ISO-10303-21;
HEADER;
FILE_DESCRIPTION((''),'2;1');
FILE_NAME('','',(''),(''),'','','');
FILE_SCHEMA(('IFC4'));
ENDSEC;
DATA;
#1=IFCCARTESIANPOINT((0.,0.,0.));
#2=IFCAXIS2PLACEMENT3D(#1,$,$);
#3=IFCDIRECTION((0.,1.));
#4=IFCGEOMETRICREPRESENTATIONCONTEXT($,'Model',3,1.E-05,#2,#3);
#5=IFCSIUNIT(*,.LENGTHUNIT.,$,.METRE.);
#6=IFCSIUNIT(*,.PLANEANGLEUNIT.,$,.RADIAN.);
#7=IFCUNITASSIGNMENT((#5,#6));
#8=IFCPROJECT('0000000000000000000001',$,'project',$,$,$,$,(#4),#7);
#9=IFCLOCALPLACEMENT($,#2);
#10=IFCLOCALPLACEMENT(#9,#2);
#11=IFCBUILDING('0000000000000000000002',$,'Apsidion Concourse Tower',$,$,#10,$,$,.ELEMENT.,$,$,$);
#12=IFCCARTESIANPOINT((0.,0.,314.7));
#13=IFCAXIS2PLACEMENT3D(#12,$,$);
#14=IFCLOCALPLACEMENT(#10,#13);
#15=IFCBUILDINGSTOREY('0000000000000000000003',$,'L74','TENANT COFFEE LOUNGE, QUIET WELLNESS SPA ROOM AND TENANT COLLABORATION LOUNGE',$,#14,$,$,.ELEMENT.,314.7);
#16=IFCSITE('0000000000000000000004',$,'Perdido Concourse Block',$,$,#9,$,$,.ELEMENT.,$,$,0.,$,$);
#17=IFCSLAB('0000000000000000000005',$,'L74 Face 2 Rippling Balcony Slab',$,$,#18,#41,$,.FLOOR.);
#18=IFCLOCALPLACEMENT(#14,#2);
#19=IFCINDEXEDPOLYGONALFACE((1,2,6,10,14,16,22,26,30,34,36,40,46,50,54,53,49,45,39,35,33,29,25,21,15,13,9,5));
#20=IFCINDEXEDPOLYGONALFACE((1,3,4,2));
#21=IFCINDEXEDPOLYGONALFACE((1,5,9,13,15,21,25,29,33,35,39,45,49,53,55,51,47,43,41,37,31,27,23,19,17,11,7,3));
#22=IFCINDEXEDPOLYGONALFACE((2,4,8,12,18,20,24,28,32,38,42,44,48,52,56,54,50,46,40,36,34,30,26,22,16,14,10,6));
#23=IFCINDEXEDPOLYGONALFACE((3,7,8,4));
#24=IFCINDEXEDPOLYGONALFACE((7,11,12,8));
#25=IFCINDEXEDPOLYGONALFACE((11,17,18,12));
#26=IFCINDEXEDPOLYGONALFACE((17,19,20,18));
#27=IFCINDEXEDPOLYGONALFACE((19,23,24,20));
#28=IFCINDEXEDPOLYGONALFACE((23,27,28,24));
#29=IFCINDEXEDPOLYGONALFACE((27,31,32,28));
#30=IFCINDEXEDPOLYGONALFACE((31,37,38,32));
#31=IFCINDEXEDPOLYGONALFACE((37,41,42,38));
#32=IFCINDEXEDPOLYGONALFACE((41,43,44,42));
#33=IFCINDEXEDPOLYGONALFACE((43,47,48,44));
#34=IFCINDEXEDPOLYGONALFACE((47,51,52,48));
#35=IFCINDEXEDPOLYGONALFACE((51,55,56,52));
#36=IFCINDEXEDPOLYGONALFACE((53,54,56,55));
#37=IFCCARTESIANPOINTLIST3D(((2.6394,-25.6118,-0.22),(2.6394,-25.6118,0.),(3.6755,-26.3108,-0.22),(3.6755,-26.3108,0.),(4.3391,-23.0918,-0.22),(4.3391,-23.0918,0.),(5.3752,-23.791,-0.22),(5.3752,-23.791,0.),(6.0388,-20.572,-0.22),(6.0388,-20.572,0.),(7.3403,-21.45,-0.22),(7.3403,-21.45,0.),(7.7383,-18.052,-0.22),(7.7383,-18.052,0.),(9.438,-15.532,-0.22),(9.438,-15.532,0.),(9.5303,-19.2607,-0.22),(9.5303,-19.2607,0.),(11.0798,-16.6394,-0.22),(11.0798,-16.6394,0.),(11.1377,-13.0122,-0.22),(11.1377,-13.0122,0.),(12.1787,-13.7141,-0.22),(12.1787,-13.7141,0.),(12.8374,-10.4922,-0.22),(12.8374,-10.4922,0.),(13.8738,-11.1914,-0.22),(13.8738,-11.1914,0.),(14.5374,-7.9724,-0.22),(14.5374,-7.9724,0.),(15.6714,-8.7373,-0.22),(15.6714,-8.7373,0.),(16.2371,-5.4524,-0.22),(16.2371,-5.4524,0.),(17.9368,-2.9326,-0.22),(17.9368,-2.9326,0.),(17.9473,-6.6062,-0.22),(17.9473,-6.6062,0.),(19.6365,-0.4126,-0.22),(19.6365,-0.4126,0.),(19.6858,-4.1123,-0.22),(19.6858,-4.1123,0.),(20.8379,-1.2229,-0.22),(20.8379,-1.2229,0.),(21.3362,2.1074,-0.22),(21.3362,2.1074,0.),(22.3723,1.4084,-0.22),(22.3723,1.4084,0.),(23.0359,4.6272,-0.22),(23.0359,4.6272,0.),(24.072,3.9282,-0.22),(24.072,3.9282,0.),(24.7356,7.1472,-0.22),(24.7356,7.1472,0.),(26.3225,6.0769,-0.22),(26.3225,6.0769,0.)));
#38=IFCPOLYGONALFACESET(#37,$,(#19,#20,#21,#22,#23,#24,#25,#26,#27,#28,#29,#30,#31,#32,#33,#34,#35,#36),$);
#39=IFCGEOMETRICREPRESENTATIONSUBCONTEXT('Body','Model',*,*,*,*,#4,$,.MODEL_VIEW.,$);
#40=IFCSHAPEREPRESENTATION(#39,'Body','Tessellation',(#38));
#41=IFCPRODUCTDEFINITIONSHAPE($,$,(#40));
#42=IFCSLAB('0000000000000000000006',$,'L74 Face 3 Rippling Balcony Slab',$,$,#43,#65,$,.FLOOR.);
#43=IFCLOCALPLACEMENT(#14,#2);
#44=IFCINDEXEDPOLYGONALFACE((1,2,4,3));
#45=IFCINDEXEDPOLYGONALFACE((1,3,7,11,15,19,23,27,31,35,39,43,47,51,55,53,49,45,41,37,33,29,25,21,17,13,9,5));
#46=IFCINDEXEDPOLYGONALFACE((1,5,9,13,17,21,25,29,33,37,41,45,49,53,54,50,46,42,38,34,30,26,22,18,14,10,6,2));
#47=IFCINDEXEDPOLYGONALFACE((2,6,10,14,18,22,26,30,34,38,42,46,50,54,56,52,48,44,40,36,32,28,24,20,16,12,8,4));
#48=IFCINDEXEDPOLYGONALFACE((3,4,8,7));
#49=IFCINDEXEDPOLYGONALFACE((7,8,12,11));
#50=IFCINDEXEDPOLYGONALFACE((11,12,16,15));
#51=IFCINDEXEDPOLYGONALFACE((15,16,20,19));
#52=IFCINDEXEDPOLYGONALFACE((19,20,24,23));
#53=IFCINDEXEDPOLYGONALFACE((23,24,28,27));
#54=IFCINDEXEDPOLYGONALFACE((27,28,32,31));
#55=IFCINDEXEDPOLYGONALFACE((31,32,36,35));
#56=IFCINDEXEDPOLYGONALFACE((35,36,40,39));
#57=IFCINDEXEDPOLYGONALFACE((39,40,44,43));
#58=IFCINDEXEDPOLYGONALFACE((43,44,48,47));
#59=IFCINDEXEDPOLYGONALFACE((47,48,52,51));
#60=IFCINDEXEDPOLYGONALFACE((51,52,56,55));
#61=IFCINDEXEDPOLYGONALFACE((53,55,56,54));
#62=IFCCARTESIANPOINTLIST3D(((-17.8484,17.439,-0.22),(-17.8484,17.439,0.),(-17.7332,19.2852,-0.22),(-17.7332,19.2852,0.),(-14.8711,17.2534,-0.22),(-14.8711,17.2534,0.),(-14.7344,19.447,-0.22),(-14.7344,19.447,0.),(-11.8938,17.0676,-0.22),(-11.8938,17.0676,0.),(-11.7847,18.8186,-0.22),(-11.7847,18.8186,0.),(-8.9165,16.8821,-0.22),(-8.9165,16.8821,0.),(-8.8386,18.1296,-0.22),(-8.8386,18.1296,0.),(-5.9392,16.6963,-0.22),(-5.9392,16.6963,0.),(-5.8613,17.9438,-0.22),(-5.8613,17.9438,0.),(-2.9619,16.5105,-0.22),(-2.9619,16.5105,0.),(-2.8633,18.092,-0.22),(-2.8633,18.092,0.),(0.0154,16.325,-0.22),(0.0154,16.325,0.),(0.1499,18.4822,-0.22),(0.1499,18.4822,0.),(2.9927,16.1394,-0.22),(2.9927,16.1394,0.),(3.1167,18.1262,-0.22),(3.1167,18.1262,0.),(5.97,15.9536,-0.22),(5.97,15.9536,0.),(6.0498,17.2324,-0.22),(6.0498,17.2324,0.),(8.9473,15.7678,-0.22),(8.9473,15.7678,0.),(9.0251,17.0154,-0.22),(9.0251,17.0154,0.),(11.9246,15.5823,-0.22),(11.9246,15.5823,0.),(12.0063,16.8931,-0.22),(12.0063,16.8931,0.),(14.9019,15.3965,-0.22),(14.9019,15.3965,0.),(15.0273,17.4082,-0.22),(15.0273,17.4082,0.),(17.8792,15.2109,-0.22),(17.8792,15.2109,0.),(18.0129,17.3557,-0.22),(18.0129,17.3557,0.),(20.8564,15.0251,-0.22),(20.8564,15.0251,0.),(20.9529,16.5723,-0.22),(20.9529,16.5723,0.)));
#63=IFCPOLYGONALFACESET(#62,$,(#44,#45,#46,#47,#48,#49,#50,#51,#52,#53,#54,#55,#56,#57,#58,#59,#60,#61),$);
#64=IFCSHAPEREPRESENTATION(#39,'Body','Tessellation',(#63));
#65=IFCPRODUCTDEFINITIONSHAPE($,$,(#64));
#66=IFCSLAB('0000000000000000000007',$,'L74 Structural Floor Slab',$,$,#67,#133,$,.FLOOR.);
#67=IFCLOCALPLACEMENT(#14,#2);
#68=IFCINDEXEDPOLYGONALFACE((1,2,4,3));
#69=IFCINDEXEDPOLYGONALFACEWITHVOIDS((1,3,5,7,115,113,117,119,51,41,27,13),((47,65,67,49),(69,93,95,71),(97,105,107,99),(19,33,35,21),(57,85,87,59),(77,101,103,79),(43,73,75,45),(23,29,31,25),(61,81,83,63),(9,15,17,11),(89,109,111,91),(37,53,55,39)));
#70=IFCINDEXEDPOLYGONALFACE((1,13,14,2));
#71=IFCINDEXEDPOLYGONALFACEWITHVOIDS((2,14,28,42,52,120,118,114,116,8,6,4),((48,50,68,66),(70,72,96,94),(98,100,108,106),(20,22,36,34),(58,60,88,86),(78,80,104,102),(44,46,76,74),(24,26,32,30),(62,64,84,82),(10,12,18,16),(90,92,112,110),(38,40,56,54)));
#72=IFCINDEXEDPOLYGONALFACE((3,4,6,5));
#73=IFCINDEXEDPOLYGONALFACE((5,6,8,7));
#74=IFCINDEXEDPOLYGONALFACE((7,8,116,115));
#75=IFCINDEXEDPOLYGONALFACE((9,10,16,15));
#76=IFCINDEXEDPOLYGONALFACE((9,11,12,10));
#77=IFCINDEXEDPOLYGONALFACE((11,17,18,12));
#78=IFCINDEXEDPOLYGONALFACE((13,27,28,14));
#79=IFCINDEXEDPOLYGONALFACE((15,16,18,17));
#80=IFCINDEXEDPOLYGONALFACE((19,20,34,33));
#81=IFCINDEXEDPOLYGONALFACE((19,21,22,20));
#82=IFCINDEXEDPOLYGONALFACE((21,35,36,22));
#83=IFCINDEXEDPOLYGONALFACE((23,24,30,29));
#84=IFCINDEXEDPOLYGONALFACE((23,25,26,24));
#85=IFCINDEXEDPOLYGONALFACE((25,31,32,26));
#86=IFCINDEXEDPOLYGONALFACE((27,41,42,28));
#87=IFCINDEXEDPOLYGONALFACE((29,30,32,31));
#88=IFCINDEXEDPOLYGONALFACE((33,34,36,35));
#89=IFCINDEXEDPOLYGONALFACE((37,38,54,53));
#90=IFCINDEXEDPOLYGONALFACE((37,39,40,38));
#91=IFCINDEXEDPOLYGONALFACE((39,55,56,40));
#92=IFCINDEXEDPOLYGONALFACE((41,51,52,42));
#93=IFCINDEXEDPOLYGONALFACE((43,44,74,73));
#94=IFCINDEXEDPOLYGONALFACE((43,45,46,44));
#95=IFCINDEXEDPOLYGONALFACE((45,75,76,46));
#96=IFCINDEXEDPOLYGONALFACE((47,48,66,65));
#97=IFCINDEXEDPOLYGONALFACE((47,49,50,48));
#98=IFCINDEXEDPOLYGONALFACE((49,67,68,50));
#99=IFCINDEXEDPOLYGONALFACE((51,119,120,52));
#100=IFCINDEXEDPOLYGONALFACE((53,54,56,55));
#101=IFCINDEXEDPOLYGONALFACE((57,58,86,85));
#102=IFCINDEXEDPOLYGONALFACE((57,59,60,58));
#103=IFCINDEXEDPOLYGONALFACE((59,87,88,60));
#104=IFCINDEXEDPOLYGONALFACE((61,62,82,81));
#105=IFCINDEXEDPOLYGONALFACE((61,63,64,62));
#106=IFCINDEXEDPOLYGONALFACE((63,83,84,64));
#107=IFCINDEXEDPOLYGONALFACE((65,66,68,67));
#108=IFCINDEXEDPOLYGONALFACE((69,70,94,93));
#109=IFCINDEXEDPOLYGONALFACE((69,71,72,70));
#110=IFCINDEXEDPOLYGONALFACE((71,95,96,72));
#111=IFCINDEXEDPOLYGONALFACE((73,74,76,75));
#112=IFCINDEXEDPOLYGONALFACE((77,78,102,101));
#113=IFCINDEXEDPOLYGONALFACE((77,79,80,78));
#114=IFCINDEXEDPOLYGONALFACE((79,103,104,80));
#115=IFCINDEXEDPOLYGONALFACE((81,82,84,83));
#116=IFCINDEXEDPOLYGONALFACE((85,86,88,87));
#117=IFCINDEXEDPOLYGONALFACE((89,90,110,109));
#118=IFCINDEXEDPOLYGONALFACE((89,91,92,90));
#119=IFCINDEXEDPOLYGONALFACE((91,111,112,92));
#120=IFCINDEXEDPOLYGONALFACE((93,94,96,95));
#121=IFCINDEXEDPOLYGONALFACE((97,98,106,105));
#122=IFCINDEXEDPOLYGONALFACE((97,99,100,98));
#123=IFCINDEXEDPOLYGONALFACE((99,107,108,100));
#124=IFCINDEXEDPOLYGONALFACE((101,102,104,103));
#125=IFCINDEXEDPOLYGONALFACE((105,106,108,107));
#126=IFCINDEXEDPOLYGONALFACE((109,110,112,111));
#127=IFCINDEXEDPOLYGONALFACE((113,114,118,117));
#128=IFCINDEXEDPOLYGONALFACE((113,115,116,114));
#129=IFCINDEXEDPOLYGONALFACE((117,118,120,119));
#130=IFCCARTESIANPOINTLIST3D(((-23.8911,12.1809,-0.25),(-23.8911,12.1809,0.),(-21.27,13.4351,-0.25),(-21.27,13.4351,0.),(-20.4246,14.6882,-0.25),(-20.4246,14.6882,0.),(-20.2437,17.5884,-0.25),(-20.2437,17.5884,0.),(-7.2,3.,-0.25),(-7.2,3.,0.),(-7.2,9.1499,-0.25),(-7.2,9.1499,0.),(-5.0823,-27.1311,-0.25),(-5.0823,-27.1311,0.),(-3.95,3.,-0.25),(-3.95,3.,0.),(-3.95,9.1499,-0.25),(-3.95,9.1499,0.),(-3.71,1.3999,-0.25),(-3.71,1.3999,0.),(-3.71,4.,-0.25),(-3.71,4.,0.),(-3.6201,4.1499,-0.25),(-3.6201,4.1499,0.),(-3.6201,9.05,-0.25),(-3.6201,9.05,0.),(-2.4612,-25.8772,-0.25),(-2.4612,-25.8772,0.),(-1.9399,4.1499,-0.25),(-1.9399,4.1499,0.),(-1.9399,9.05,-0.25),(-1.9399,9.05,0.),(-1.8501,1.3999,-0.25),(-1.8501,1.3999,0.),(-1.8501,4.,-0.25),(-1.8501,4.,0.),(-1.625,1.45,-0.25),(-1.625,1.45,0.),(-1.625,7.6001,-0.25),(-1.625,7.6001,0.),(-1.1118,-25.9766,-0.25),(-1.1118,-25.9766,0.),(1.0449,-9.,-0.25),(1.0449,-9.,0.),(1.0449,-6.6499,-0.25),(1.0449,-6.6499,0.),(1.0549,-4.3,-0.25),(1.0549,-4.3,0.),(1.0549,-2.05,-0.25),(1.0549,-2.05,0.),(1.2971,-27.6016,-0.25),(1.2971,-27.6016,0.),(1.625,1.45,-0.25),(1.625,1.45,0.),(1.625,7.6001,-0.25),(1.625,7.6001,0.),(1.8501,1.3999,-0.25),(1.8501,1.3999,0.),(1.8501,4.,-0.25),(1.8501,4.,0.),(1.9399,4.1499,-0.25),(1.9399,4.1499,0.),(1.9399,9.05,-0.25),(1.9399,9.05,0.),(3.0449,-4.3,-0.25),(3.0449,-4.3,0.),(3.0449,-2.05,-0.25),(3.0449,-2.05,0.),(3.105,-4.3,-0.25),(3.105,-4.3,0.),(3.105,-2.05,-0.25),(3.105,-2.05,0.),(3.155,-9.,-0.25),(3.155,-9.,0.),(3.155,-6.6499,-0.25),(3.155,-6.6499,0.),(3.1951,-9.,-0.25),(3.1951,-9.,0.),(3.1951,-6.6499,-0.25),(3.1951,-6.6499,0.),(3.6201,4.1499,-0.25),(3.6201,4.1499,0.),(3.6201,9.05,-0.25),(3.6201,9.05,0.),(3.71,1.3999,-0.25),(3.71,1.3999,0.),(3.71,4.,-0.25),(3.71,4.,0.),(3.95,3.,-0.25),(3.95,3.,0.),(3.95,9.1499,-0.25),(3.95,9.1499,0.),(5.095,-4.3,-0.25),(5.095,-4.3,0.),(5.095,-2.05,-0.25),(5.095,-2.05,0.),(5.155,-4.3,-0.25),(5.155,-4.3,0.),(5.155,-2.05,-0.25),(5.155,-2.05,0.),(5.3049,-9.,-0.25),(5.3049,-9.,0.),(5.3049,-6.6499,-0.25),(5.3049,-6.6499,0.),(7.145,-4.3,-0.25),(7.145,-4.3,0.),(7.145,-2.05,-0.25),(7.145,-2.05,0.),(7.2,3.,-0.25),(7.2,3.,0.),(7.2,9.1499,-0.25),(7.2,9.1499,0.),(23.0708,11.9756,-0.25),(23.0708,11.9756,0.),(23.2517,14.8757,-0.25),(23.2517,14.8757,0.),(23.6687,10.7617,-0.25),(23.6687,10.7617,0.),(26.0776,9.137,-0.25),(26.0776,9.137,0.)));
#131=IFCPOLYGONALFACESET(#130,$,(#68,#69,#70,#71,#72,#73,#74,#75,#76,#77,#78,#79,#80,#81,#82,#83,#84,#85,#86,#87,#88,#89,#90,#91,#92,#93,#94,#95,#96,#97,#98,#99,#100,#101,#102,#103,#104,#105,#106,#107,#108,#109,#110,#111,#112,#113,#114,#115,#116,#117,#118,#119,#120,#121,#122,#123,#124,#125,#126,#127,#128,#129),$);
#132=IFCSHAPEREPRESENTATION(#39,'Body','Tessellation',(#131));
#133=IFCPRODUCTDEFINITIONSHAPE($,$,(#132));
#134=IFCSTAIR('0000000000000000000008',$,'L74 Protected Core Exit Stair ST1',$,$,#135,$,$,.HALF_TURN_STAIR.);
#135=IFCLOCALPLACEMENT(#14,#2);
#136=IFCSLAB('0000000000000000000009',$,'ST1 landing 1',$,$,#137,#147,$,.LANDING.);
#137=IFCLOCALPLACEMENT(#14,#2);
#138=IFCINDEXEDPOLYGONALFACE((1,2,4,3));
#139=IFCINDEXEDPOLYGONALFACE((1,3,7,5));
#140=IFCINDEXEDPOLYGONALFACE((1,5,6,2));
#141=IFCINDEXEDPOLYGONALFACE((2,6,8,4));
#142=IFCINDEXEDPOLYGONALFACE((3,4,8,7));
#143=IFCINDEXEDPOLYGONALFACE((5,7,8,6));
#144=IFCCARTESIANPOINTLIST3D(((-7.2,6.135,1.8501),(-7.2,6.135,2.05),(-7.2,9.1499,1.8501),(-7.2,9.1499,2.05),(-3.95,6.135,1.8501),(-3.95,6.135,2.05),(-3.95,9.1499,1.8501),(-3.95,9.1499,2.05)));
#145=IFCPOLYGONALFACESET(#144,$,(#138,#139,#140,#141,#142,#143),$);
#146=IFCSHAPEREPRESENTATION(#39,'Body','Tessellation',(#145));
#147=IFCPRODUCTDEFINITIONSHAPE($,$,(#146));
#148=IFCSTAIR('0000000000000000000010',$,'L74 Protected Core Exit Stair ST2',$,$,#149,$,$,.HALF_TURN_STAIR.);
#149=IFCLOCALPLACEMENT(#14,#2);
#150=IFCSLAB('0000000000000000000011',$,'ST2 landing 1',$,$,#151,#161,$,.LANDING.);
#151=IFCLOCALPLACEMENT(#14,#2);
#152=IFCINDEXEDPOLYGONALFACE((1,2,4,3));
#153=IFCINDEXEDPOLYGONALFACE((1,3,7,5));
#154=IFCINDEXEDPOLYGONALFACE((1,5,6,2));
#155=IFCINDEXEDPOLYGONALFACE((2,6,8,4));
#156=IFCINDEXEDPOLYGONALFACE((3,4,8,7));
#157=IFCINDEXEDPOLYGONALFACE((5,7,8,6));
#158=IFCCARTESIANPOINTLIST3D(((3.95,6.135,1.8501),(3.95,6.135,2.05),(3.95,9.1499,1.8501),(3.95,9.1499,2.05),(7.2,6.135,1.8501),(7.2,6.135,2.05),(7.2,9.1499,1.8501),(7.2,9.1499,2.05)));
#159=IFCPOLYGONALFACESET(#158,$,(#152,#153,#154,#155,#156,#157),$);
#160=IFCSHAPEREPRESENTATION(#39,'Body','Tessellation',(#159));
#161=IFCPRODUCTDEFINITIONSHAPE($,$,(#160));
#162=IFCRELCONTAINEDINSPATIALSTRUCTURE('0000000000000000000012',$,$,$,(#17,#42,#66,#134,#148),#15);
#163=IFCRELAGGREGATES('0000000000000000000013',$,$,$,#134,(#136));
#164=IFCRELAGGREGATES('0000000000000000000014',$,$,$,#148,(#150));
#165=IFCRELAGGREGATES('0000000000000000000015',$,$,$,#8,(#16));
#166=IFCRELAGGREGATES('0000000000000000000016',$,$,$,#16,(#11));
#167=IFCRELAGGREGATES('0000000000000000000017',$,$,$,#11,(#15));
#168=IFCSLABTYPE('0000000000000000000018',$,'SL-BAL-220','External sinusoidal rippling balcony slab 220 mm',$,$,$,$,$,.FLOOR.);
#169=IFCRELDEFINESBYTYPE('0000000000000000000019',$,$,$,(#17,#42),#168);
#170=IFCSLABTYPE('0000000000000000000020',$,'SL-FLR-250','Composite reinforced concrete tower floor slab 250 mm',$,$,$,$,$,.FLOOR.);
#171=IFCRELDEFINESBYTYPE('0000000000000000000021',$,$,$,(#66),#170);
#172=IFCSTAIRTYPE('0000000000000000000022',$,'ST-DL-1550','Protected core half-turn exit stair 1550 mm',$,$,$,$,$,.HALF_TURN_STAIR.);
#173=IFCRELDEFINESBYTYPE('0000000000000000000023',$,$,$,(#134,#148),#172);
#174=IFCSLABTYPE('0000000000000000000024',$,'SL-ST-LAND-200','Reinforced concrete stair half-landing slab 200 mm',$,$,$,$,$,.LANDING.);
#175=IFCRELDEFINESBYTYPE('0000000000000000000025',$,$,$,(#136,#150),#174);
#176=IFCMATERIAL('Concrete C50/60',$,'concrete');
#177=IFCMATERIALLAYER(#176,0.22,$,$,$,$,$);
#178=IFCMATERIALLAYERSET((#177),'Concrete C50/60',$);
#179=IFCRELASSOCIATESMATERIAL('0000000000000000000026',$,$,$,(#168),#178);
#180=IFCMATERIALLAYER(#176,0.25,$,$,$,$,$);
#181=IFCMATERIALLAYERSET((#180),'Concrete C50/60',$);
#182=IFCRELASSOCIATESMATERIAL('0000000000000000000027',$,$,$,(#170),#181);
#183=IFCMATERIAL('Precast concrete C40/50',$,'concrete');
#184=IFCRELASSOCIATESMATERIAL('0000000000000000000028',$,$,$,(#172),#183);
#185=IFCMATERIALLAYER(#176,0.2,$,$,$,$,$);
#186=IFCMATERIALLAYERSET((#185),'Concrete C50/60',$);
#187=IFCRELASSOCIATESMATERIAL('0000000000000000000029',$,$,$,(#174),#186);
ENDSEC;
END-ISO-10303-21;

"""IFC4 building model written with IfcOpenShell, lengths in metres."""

from ifc_helpers import new_model, si_unit, direction, frame, origin, place, context, subcontext, project, spatial, polyline, outline, extrude, material, layer, layer_set, type_object, element, aggregate, save


model = new_model("IFC4")

# Units and contexts
model_context = context("Model", 3, precision=1e-05, world=origin(), true_north=direction((0.0, 1.0)))
body_context = subcontext(model_context, "Body", "Model", "MODEL_VIEW")
ifc_project = project(units=[si_unit("LENGTHUNIT", "METRE"), si_unit("PLANEANGLEUNIT", "RADIAN")], contexts=[model_context])

# Site, building, storey
site_placement = place(None, origin())
site = spatial("IfcSite", under=ifc_project, at=site_placement, Name="Perdido Concourse Block", CompositionType="ELEMENT", RefElevation=0.0)
building_placement = place(site_placement, origin())
building = spatial("IfcBuilding", under=site, at=building_placement, Name="Apsidion Concourse Tower", CompositionType="ELEMENT")
storey_placement = place(building_placement, frame((0.0, 0.0, 314.7)))
storey = spatial("IfcBuildingStorey", under=building, at=storey_placement, Name="L74", Description="TENANT COFFEE LOUNGE, QUIET WELLNESS SPA ROOM AND TENANT COLLABORATION LOUNGE", CompositionType="ELEMENT", Elevation=314.7)

# Shared definitions
ifc_material_1 = material(Name="Concrete C50/60", Category="concrete")

# Slabs
ifc_layer_1 = layer(ifc_material_1, 0.22)
ifc_layer_set_1 = layer_set([ifc_layer_1], Name="Concrete C50/60")
slab_type_1 = type_object("IfcSlabType", Name="SL-BAL-220", Description="External sinusoidal rippling balcony slab 220 mm", PredefinedType="FLOOR", material=ifc_layer_set_1)
slab_1_placement = place(storey_placement, frame((0.0, 0.0, -0.22)))
element("IfcSlab", 1, at=slab_1_placement, inside=storey, type_object=slab_type_1, Name="L74 Face 2 Rippling Balcony Slab", PredefinedType="FLOOR", context=body_context, shape_type="SweptSolid", body=[
    extrude(outline(polyline([(2.6394, -25.6118), (4.3391, -23.0918), (6.0388, -20.572), (7.7383, -18.052), (9.438, -15.532), (11.1377, -13.0122), (12.8374, -10.4922), (14.5374, -7.9724), (16.2371, -5.4524), (17.9368, -2.9326), (19.6365, -0.4126), (21.3362, 2.1074), (23.0359, 4.6272), (24.7356, 7.1472), (26.3225, 6.0769), (24.072, 3.9282), (22.3723, 1.4084), (20.8379, -1.2229), (19.6858, -4.1123), (17.9473, -6.6062), (15.6714, -8.7373), (13.8738, -11.1914), (12.1787, -13.7141), (11.0798, -16.6394), (9.5303, -19.2607), (7.3403, -21.45), (5.3752, -23.791), (3.6755, -26.3108), (2.6394, -25.6118)])), origin(), (0.0, 0.0, 1.0), 0.22),
])
slab_2_placement = place(storey_placement, frame((0.0, 0.0, -0.22)))
element("IfcSlab", 2, at=slab_2_placement, inside=storey, type_object=slab_type_1, Name="L74 Face 3 Rippling Balcony Slab", PredefinedType="FLOOR", context=body_context, shape_type="SweptSolid", body=[
    extrude(outline(polyline([(20.8564, 15.0251), (17.8792, 15.2109), (14.9019, 15.3965), (11.9246, 15.5823), (8.9473, 15.7678), (5.97, 15.9536), (2.9927, 16.1394), (0.0154, 16.325), (-2.9619, 16.5105), (-5.9392, 16.6963), (-8.9165, 16.8821), (-11.8938, 17.0676), (-14.8711, 17.2534), (-17.8484, 17.439), (-17.7332, 19.2852), (-14.7344, 19.447), (-11.7847, 18.8186), (-8.8386, 18.1296), (-5.8613, 17.9438), (-2.8633, 18.092), (0.1499, 18.4822), (3.1167, 18.1262), (6.0498, 17.2324), (9.0251, 17.0154), (12.0063, 16.8931), (15.0273, 17.4082), (18.0129, 17.3557), (20.9529, 16.5723), (20.8564, 15.0251)])), origin(), (0.0, 0.0, 1.0), 0.22),
])
ifc_layer_2 = layer(ifc_material_1, 0.25)
ifc_layer_set_2 = layer_set([ifc_layer_2], Name="Concrete C50/60")
slab_type_2 = type_object("IfcSlabType", Name="SL-FLR-250", Description="Composite reinforced concrete tower floor slab 250 mm", PredefinedType="FLOOR", material=ifc_layer_set_2)
slab_3_placement = place(storey_placement, frame((0.0, 0.0, -0.25)))
element("IfcSlab", 3, at=slab_3_placement, inside=storey, type_object=slab_type_2, Name="L74 Structural Floor Slab", PredefinedType="FLOOR", context=body_context, shape_type="SweptSolid", body=[
    extrude(outline(polyline([(-20.2437, 17.5884), (-20.4246, 14.6882), (-21.27, 13.4351), (-23.8911, 12.1809), (-5.0823, -27.1311), (-2.4612, -25.8772), (-1.1118, -25.9766), (1.2971, -27.6016), (26.0776, 9.137), (23.6687, 10.7617), (23.0708, 11.9756), (23.2517, 14.8757), (-20.2437, 17.5884)]), holes=[polyline([(-3.95, 3.0), (-3.95, 9.1499), (-7.2, 9.1499), (-7.2, 3.0), (-3.95, 3.0)]), polyline([(7.2, 3.0), (7.2, 9.1499), (3.95, 9.1499), (3.95, 3.0), (7.2, 3.0)]), polyline([(-1.625, 7.6001), (-1.625, 1.45), (1.625, 1.45), (1.625, 7.6001), (-1.625, 7.6001)]), polyline([(1.0549, -4.3), (3.0449, -4.3), (3.0449, -2.05), (1.0549, -2.05), (1.0549, -4.3)]), polyline([(3.105, -4.3), (5.095, -4.3), (5.095, -2.05), (3.105, -2.05), (3.105, -4.3)]), polyline([(5.155, -4.3), (7.145, -4.3), (7.145, -2.05), (5.155, -2.05), (5.155, -4.3)]), polyline([(1.0449, -9.0), (3.155, -9.0), (3.155, -6.6499), (1.0449, -6.6499), (1.0449, -9.0)]), polyline([(3.1951, -9.0), (5.3049, -9.0), (5.3049, -6.6499), (3.1951, -6.6499), (3.1951, -9.0)]), polyline([(-3.71, 1.3999), (-1.8501, 1.3999), (-1.8501, 4.0), (-3.71, 4.0), (-3.71, 1.3999)]), polyline([(1.8501, 1.3999), (3.71, 1.3999), (3.71, 4.0), (1.8501, 4.0), (1.8501, 1.3999)]), polyline([(-3.6201, 4.1499), (-1.9399, 4.1499), (-1.9399, 9.05), (-3.6201, 9.05), (-3.6201, 4.1499)]), polyline([(1.9399, 4.1499), (3.6201, 4.1499), (3.6201, 9.05), (1.9399, 9.05), (1.9399, 4.1499)])]), origin(), (0.0, 0.0, 1.0), 0.25),
])

# Stairs, slabs
ifc_material_2 = material(Name="Precast concrete C40/50", Category="concrete")
stair_type = type_object("IfcStairType", Name="ST-DL-1550", Description="Protected core half-turn exit stair 1550 mm", PredefinedType="HALF_TURN_STAIR", material=ifc_material_2)
stair_1_placement = place(storey_placement, origin())
stair_1 = element("IfcStair", 4, at=stair_1_placement, inside=storey, type_object=stair_type, Name="L74 Protected Core Exit Stair ST1", PredefinedType="HALF_TURN_STAIR")
ifc_layer_3 = layer(ifc_material_1, 0.2)
ifc_layer_set_3 = layer_set([ifc_layer_3], Name="Concrete C50/60")
slab_type_3 = type_object("IfcSlabType", Name="SL-ST-LAND-200", Description="Reinforced concrete stair half-landing slab 200 mm", PredefinedType="LANDING", material=ifc_layer_set_3)
slab_4_placement = place(storey_placement, frame((0.0, 0.0, 1.8501)))
slab_4 = element("IfcSlab", 5, at=slab_4_placement, type_object=slab_type_3, Name="ST1 landing 1", PredefinedType="LANDING", context=body_context, shape_type="SweptSolid", body=[
    extrude(outline(polyline([(-3.95, 6.135), (-3.95, 9.1499), (-7.2, 9.1499), (-7.2, 6.135), (-3.95, 6.135)])), origin(), (0.0, 0.0, 1.0), 0.2),
])
aggregate(stair_1, [slab_4])
stair_2_placement = place(storey_placement, origin())
stair_2 = element("IfcStair", 6, at=stair_2_placement, inside=storey, type_object=stair_type, Name="L74 Protected Core Exit Stair ST2", PredefinedType="HALF_TURN_STAIR")
slab_5_placement = place(storey_placement, frame((0.0, 0.0, 1.8501)))
slab_5 = element("IfcSlab", 7, at=slab_5_placement, type_object=slab_type_3, Name="ST2 landing 1", PredefinedType="LANDING", context=body_context, shape_type="SweptSolid", body=[
    extrude(outline(polyline([(7.2, 6.135), (7.2, 9.1499), (3.95, 9.1499), (3.95, 6.135), (7.2, 6.135)])), origin(), (0.0, 0.0, 1.0), 0.2),
])
aggregate(stair_2, [slab_5])

save(model, "model.ifc")
